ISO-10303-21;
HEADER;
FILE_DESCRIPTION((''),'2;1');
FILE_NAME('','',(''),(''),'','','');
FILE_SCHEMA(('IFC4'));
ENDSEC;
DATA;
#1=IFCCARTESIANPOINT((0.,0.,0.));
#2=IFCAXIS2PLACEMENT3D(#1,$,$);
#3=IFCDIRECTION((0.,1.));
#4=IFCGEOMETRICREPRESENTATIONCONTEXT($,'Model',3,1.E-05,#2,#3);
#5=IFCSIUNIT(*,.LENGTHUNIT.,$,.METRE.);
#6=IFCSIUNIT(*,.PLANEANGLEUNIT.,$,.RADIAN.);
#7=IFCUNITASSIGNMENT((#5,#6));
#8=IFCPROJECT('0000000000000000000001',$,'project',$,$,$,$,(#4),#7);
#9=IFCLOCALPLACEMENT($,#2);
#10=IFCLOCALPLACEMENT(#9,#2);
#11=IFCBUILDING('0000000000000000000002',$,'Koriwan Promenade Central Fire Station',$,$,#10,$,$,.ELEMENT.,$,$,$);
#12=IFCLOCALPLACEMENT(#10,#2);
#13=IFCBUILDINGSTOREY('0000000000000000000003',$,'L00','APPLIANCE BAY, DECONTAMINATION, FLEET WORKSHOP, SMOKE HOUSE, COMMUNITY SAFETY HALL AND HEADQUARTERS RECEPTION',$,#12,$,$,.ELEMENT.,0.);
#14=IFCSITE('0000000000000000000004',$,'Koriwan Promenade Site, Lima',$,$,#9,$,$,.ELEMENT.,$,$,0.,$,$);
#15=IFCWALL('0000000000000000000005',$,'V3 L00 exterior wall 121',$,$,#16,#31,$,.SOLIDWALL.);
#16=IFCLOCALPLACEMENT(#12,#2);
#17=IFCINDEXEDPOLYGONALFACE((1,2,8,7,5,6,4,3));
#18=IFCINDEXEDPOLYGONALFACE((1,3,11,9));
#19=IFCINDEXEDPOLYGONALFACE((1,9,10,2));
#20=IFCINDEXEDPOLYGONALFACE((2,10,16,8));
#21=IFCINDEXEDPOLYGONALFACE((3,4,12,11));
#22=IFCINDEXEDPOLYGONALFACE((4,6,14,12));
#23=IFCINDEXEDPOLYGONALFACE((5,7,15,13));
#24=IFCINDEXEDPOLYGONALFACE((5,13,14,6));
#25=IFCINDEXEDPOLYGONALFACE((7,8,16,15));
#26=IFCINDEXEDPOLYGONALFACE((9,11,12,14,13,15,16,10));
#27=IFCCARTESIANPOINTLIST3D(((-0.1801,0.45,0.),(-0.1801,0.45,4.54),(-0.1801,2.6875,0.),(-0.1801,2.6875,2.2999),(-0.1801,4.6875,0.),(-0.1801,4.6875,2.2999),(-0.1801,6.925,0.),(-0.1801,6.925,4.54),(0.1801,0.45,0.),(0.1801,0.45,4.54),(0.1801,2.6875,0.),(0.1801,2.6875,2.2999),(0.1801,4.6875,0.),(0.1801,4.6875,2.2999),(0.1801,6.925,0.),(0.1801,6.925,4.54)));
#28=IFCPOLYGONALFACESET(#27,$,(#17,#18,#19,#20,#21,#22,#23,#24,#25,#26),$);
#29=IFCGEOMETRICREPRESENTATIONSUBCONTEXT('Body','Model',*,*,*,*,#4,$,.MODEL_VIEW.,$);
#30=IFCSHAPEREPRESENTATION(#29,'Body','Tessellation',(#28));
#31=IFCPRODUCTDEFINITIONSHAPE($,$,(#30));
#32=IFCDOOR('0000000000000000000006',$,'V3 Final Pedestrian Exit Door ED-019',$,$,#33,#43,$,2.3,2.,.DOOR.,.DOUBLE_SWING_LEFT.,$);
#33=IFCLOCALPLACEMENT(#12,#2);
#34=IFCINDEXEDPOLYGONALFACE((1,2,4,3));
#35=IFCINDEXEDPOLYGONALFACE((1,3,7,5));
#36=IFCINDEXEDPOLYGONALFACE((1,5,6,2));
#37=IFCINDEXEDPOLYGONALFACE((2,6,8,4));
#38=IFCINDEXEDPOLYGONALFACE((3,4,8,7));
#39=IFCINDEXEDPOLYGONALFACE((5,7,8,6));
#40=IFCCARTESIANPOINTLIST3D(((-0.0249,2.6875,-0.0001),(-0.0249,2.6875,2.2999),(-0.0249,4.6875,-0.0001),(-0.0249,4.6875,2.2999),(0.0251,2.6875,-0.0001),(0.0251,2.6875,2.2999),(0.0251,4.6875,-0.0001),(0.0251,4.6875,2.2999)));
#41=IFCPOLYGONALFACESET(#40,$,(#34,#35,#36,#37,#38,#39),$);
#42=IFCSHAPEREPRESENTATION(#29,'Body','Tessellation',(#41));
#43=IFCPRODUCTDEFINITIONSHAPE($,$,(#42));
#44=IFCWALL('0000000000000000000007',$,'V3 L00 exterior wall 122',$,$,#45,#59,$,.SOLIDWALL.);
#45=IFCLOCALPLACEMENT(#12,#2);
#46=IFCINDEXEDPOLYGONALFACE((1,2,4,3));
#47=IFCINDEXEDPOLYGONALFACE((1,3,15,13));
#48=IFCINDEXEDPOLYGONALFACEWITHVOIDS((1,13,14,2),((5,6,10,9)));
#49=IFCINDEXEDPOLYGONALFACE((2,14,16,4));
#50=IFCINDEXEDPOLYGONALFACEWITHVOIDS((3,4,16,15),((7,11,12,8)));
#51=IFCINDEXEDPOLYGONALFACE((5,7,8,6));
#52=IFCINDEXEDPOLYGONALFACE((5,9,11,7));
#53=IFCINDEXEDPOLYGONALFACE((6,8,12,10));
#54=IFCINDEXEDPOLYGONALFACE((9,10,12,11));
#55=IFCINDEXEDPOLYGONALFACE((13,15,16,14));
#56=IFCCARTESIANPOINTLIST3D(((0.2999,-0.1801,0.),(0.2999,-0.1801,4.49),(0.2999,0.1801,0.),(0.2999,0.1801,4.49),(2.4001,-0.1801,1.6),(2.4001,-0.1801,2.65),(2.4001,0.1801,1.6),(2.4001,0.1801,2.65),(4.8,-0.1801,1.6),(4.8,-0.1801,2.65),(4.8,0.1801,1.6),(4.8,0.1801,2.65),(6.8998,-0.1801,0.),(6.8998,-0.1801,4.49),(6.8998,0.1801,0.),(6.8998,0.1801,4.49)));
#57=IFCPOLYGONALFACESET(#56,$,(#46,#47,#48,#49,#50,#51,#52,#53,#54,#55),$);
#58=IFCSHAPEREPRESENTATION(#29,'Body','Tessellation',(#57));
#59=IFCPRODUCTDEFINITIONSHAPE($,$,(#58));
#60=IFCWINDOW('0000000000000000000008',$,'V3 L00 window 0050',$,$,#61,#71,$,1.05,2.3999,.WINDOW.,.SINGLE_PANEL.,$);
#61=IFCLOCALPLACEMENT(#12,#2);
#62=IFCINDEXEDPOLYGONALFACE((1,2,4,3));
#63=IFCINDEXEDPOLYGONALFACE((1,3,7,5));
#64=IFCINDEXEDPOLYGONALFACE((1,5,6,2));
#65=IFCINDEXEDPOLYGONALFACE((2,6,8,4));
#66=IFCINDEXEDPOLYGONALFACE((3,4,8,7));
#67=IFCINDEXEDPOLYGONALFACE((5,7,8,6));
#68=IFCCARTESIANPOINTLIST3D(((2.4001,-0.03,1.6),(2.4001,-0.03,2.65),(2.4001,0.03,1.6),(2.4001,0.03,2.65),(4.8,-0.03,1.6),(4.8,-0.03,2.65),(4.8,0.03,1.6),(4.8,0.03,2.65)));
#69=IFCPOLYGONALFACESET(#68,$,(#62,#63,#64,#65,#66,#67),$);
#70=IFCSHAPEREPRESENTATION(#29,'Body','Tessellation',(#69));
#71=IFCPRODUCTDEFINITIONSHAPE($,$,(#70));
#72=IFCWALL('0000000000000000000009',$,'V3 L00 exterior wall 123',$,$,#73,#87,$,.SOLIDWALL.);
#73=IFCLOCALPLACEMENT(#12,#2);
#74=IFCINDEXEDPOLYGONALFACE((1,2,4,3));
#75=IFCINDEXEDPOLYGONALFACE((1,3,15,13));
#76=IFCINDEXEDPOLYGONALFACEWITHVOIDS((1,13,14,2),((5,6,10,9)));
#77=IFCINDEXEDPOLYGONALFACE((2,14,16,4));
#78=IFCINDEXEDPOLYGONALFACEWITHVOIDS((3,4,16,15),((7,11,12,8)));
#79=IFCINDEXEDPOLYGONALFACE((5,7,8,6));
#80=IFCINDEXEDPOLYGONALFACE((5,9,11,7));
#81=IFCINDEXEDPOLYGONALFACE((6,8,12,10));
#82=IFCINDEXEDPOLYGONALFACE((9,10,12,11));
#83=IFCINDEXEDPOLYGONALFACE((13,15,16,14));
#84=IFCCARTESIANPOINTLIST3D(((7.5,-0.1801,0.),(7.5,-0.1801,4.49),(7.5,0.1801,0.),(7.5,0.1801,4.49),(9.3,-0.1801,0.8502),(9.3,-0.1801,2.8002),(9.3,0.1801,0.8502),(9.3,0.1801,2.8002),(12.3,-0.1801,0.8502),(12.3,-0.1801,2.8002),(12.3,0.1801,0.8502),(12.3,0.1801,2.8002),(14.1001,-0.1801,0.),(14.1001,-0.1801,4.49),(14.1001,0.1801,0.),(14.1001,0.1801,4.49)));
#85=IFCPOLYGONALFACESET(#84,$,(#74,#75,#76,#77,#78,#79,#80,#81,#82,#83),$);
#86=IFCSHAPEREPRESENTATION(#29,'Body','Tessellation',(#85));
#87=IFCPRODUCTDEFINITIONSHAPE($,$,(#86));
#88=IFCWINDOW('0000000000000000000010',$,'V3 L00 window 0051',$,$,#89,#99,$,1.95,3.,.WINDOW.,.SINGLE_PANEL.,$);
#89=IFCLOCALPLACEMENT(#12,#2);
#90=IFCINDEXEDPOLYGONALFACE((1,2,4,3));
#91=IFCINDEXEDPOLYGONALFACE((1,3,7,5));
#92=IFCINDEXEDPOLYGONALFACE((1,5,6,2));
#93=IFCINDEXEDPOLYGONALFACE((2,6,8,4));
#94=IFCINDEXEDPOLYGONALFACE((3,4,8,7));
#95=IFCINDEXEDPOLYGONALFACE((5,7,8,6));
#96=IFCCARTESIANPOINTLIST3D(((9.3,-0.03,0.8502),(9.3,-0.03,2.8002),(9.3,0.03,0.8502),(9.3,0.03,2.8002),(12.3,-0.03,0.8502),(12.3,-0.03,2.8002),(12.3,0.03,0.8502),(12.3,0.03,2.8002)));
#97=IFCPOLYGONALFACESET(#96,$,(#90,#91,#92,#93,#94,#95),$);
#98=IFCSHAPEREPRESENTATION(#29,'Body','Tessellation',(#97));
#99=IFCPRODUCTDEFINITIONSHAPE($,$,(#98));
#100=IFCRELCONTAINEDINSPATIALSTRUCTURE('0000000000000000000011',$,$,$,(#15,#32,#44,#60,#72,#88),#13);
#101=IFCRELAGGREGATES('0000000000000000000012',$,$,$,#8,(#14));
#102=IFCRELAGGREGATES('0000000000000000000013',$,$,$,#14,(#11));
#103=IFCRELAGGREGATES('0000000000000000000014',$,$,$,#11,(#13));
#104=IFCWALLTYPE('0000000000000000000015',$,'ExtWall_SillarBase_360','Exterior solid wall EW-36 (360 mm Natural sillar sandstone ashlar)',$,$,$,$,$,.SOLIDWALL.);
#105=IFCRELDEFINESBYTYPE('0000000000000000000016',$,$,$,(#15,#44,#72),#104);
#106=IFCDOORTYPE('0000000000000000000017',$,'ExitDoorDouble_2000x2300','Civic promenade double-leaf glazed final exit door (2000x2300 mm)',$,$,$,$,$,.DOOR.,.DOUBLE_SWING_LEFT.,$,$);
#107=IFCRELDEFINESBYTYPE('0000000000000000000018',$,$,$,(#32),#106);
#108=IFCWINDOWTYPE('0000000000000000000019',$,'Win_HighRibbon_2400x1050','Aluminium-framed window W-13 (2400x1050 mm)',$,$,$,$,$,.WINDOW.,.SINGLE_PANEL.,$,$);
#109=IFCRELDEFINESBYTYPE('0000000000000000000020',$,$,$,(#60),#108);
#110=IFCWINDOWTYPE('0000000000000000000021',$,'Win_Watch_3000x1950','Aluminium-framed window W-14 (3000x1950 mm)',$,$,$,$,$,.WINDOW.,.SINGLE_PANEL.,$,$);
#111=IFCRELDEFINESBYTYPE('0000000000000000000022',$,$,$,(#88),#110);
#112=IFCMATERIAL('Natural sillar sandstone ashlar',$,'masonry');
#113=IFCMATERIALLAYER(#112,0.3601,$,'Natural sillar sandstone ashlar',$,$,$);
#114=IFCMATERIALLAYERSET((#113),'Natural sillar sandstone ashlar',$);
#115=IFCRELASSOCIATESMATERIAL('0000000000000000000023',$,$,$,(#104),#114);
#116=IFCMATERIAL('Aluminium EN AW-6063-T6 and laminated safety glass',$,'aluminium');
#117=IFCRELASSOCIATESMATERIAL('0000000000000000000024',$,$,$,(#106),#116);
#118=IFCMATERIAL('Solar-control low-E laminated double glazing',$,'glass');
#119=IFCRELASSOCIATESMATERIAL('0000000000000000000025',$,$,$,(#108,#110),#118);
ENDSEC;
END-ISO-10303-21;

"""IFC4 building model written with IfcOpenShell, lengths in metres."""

from ifc_helpers import new_model, si_unit, direction, frame, frame_2d, origin, place, context, subcontext, project, spatial, rectangle, extrude, material, layer, layer_set, type_object, element, fill, save


model = new_model("IFC4")

# Units and contexts
model_context = context("Model", 3, precision=1e-05, world=origin(), true_north=direction((0.0, 1.0)))
body_context = subcontext(model_context, "Body", "Model", "MODEL_VIEW")
ifc_project = project(units=[si_unit("LENGTHUNIT", "METRE"), si_unit("PLANEANGLEUNIT", "RADIAN")], contexts=[model_context])

# Site, building, storey
site_placement = place(None, origin())
site = spatial("IfcSite", under=ifc_project, at=site_placement, Name="Koriwan Promenade Site, Lima", CompositionType="ELEMENT", RefElevation=0.0)
building_placement = place(site_placement, origin())
building = spatial("IfcBuilding", under=site, at=building_placement, Name="Koriwan Promenade Central Fire Station", CompositionType="ELEMENT")
storey_placement = place(building_placement, origin())
storey = spatial("IfcBuildingStorey", under=building, at=storey_placement, Name="L00", Description="APPLIANCE BAY, DECONTAMINATION, FLEET WORKSHOP, SMOKE HOUSE, COMMUNITY SAFETY HALL AND HEADQUARTERS RECEPTION", CompositionType="ELEMENT", Elevation=0.0)

# Wall, opening, door
ifc_material_1 = material(Name="Natural sillar sandstone ashlar", Category="masonry")
ifc_layer_1 = layer(ifc_material_1, 0.3601, Name="Natural sillar sandstone ashlar")
ifc_layer_set_1 = layer_set([ifc_layer_1], Name="Natural sillar sandstone ashlar")
wall_type = type_object("IfcWallType", Name="ExtWall_SillarBase_360", Description="Exterior solid wall EW-36 (360 mm Natural sillar sandstone ashlar)", PredefinedType="SOLIDWALL", material=ifc_layer_set_1)
wall_1_placement = place(storey_placement, frame((0.0, 6.925, 0.0), z_axis=(0.0, 0.0, 1.0), x_axis=(0.0, -1.0, 0.0)))
wall_1 = element("IfcWall", 1, at=wall_1_placement, inside=storey, type_object=wall_type, Name="V3 L00 exterior wall 121", PredefinedType="SOLIDWALL", context=body_context, shape_type="SweptSolid", body=[
    extrude(rectangle(XDim=6.4751, YDim=0.3601, at=frame_2d((3.2375, 0.0))), origin(), (0.0, 0.0, 1.0), 4.54),
])
opening_1_placement = place(wall_1_placement, frame((2.2375, 0.0, 0.0)))
opening_1 = element("IfcOpeningElement", 2, at=opening_1_placement, cuts=wall_1, PredefinedType="OPENING", context=body_context, shape_type="SweptSolid", body=[
    extrude(rectangle(XDim=2.0, YDim=2.3, at=frame_2d((1.0, 1.1499))), frame((0.0, 0.1919, 0.0), z_axis=(0.0, -1.0, 0.0), x_axis=(1.0, 0.0, 0.0)), (0.0, 0.0, 1.0), 0.384),
])
ifc_material_2 = material(Name="Aluminium EN AW-6063-T6 and laminated safety glass", Category="aluminium")
door_type = type_object("IfcDoorType", Name="ExitDoorDouble_2000x2300", Description="Civic promenade double-leaf glazed final exit door (2000x2300 mm)", OperationType="DOUBLE_SWING_LEFT", PredefinedType="DOOR", material=ifc_material_2)
door_placement = place(opening_1_placement, frame((2.0, 0.0, 0.0), z_axis=(0.0, 0.0, 1.0), x_axis=(-1.0, 0.0, 0.0)))
door = element("IfcDoor", 3, at=door_placement, inside=storey, type_object=door_type, Name="V3 Final Pedestrian Exit Door ED-019", OperationType="DOUBLE_SWING_LEFT", OverallHeight=2.3, OverallWidth=2.0, PredefinedType="DOOR", context=body_context, shape_type="SweptSolid", body=[
    extrude(rectangle(XDim=2.0, YDim=2.3, at=frame_2d((1.0, 1.1499))), frame((0.0, 0.0249, 0.0), z_axis=(0.0, -1.0, 0.0), x_axis=(1.0, 0.0, 0.0)), (0.0, 0.0, 1.0), 0.05),
])
fill(opening_1, door)

# Walls, openings, windows
wall_2_placement = place(storey_placement, frame((0.3, 0.0, 0.0), z_axis=(0.0, 0.0, 1.0), x_axis=(1.0, 0.0, 0.0)))
wall_2 = element("IfcWall", 4, at=wall_2_placement, inside=storey, type_object=wall_type, Name="V3 L00 exterior wall 122", PredefinedType="SOLIDWALL", context=body_context, shape_type="SweptSolid", body=[
    extrude(rectangle(XDim=6.5999, YDim=0.3601, at=frame_2d((3.2998, 0.0))), origin(), (0.0, 0.0, 1.0), 4.49),
])
opening_2_placement = place(wall_2_placement, frame((2.1001, 0.0, 1.6001)))
opening_2 = element("IfcOpeningElement", 5, at=opening_2_placement, cuts=wall_2, PredefinedType="OPENING", context=body_context, shape_type="SweptSolid", body=[
    extrude(rectangle(XDim=2.3999, YDim=1.05, at=frame_2d((1.2, 0.5249))), frame((0.0, 0.1919, 0.0), z_axis=(0.0, -1.0, 0.0), x_axis=(1.0, 0.0, 0.0)), (0.0, 0.0, 1.0), 0.384),
])
ifc_material_3 = material(Name="Solar-control low-E laminated double glazing", Category="glass")
window_type_1 = type_object("IfcWindowType", Name="Win_HighRibbon_2400x1050", Description="Aluminium-framed window W-13 (2400x1050 mm)", PartitioningType="SINGLE_PANEL", PredefinedType="WINDOW", material=ifc_material_3)
window_1_placement = place(opening_2_placement, origin())
window_1 = element("IfcWindow", 6, at=window_1_placement, inside=storey, type_object=window_type_1, Name="V3 L00 window 0050", OverallHeight=1.05, OverallWidth=2.3999, PartitioningType="SINGLE_PANEL", PredefinedType="WINDOW", context=body_context, shape_type="SweptSolid", body=[
    extrude(rectangle(XDim=2.3999, YDim=1.05, at=frame_2d((1.2, 0.5249))), frame((0.0, 0.03, 0.0), z_axis=(0.0, -1.0, 0.0), x_axis=(1.0, 0.0, 0.0)), (0.0, 0.0, 1.0), 0.0601),
])
fill(opening_2, window_1)
wall_3_placement = place(storey_placement, frame((7.5, 0.0, 0.0), z_axis=(0.0, 0.0, 1.0), x_axis=(1.0, 0.0, 0.0)))
wall_3 = element("IfcWall", 7, at=wall_3_placement, inside=storey, type_object=wall_type, Name="V3 L00 exterior wall 123", PredefinedType="SOLIDWALL", context=body_context, shape_type="SweptSolid", body=[
    extrude(rectangle(XDim=6.6001, YDim=0.3601, at=frame_2d((3.3, 0.0))), origin(), (0.0, 0.0, 1.0), 4.49),
])
opening_3_placement = place(wall_3_placement, frame((1.8, 0.0, 0.8501)))
opening_3 = element("IfcOpeningElement", 8, at=opening_3_placement, cuts=wall_3, PredefinedType="OPENING", context=body_context, shape_type="SweptSolid", body=[
    extrude(rectangle(XDim=3.0, YDim=1.95, at=frame_2d((1.5, 0.9751))), frame((0.0, 0.1919, 0.0), z_axis=(0.0, -1.0, 0.0), x_axis=(1.0, 0.0, 0.0)), (0.0, 0.0, 1.0), 0.384),
])
window_type_2 = type_object("IfcWindowType", Name="Win_Watch_3000x1950", Description="Aluminium-framed window W-14 (3000x1950 mm)", PartitioningType="SINGLE_PANEL", PredefinedType="WINDOW", material=ifc_material_3)
window_2_placement = place(opening_3_placement, origin())
window_2 = element("IfcWindow", 9, at=window_2_placement, inside=storey, type_object=window_type_2, Name="V3 L00 window 0051", OverallHeight=1.95, OverallWidth=3.0, PartitioningType="SINGLE_PANEL", PredefinedType="WINDOW", context=body_context, shape_type="SweptSolid", body=[
    extrude(rectangle(XDim=3.0, YDim=1.95, at=frame_2d((1.5, 0.9751))), frame((0.0, 0.03, 0.0), z_axis=(0.0, -1.0, 0.0), x_axis=(1.0, 0.0, 0.0)), (0.0, 0.0, 1.0), 0.0601),
])
fill(opening_3, window_2)

save(model, "model.ifc")
